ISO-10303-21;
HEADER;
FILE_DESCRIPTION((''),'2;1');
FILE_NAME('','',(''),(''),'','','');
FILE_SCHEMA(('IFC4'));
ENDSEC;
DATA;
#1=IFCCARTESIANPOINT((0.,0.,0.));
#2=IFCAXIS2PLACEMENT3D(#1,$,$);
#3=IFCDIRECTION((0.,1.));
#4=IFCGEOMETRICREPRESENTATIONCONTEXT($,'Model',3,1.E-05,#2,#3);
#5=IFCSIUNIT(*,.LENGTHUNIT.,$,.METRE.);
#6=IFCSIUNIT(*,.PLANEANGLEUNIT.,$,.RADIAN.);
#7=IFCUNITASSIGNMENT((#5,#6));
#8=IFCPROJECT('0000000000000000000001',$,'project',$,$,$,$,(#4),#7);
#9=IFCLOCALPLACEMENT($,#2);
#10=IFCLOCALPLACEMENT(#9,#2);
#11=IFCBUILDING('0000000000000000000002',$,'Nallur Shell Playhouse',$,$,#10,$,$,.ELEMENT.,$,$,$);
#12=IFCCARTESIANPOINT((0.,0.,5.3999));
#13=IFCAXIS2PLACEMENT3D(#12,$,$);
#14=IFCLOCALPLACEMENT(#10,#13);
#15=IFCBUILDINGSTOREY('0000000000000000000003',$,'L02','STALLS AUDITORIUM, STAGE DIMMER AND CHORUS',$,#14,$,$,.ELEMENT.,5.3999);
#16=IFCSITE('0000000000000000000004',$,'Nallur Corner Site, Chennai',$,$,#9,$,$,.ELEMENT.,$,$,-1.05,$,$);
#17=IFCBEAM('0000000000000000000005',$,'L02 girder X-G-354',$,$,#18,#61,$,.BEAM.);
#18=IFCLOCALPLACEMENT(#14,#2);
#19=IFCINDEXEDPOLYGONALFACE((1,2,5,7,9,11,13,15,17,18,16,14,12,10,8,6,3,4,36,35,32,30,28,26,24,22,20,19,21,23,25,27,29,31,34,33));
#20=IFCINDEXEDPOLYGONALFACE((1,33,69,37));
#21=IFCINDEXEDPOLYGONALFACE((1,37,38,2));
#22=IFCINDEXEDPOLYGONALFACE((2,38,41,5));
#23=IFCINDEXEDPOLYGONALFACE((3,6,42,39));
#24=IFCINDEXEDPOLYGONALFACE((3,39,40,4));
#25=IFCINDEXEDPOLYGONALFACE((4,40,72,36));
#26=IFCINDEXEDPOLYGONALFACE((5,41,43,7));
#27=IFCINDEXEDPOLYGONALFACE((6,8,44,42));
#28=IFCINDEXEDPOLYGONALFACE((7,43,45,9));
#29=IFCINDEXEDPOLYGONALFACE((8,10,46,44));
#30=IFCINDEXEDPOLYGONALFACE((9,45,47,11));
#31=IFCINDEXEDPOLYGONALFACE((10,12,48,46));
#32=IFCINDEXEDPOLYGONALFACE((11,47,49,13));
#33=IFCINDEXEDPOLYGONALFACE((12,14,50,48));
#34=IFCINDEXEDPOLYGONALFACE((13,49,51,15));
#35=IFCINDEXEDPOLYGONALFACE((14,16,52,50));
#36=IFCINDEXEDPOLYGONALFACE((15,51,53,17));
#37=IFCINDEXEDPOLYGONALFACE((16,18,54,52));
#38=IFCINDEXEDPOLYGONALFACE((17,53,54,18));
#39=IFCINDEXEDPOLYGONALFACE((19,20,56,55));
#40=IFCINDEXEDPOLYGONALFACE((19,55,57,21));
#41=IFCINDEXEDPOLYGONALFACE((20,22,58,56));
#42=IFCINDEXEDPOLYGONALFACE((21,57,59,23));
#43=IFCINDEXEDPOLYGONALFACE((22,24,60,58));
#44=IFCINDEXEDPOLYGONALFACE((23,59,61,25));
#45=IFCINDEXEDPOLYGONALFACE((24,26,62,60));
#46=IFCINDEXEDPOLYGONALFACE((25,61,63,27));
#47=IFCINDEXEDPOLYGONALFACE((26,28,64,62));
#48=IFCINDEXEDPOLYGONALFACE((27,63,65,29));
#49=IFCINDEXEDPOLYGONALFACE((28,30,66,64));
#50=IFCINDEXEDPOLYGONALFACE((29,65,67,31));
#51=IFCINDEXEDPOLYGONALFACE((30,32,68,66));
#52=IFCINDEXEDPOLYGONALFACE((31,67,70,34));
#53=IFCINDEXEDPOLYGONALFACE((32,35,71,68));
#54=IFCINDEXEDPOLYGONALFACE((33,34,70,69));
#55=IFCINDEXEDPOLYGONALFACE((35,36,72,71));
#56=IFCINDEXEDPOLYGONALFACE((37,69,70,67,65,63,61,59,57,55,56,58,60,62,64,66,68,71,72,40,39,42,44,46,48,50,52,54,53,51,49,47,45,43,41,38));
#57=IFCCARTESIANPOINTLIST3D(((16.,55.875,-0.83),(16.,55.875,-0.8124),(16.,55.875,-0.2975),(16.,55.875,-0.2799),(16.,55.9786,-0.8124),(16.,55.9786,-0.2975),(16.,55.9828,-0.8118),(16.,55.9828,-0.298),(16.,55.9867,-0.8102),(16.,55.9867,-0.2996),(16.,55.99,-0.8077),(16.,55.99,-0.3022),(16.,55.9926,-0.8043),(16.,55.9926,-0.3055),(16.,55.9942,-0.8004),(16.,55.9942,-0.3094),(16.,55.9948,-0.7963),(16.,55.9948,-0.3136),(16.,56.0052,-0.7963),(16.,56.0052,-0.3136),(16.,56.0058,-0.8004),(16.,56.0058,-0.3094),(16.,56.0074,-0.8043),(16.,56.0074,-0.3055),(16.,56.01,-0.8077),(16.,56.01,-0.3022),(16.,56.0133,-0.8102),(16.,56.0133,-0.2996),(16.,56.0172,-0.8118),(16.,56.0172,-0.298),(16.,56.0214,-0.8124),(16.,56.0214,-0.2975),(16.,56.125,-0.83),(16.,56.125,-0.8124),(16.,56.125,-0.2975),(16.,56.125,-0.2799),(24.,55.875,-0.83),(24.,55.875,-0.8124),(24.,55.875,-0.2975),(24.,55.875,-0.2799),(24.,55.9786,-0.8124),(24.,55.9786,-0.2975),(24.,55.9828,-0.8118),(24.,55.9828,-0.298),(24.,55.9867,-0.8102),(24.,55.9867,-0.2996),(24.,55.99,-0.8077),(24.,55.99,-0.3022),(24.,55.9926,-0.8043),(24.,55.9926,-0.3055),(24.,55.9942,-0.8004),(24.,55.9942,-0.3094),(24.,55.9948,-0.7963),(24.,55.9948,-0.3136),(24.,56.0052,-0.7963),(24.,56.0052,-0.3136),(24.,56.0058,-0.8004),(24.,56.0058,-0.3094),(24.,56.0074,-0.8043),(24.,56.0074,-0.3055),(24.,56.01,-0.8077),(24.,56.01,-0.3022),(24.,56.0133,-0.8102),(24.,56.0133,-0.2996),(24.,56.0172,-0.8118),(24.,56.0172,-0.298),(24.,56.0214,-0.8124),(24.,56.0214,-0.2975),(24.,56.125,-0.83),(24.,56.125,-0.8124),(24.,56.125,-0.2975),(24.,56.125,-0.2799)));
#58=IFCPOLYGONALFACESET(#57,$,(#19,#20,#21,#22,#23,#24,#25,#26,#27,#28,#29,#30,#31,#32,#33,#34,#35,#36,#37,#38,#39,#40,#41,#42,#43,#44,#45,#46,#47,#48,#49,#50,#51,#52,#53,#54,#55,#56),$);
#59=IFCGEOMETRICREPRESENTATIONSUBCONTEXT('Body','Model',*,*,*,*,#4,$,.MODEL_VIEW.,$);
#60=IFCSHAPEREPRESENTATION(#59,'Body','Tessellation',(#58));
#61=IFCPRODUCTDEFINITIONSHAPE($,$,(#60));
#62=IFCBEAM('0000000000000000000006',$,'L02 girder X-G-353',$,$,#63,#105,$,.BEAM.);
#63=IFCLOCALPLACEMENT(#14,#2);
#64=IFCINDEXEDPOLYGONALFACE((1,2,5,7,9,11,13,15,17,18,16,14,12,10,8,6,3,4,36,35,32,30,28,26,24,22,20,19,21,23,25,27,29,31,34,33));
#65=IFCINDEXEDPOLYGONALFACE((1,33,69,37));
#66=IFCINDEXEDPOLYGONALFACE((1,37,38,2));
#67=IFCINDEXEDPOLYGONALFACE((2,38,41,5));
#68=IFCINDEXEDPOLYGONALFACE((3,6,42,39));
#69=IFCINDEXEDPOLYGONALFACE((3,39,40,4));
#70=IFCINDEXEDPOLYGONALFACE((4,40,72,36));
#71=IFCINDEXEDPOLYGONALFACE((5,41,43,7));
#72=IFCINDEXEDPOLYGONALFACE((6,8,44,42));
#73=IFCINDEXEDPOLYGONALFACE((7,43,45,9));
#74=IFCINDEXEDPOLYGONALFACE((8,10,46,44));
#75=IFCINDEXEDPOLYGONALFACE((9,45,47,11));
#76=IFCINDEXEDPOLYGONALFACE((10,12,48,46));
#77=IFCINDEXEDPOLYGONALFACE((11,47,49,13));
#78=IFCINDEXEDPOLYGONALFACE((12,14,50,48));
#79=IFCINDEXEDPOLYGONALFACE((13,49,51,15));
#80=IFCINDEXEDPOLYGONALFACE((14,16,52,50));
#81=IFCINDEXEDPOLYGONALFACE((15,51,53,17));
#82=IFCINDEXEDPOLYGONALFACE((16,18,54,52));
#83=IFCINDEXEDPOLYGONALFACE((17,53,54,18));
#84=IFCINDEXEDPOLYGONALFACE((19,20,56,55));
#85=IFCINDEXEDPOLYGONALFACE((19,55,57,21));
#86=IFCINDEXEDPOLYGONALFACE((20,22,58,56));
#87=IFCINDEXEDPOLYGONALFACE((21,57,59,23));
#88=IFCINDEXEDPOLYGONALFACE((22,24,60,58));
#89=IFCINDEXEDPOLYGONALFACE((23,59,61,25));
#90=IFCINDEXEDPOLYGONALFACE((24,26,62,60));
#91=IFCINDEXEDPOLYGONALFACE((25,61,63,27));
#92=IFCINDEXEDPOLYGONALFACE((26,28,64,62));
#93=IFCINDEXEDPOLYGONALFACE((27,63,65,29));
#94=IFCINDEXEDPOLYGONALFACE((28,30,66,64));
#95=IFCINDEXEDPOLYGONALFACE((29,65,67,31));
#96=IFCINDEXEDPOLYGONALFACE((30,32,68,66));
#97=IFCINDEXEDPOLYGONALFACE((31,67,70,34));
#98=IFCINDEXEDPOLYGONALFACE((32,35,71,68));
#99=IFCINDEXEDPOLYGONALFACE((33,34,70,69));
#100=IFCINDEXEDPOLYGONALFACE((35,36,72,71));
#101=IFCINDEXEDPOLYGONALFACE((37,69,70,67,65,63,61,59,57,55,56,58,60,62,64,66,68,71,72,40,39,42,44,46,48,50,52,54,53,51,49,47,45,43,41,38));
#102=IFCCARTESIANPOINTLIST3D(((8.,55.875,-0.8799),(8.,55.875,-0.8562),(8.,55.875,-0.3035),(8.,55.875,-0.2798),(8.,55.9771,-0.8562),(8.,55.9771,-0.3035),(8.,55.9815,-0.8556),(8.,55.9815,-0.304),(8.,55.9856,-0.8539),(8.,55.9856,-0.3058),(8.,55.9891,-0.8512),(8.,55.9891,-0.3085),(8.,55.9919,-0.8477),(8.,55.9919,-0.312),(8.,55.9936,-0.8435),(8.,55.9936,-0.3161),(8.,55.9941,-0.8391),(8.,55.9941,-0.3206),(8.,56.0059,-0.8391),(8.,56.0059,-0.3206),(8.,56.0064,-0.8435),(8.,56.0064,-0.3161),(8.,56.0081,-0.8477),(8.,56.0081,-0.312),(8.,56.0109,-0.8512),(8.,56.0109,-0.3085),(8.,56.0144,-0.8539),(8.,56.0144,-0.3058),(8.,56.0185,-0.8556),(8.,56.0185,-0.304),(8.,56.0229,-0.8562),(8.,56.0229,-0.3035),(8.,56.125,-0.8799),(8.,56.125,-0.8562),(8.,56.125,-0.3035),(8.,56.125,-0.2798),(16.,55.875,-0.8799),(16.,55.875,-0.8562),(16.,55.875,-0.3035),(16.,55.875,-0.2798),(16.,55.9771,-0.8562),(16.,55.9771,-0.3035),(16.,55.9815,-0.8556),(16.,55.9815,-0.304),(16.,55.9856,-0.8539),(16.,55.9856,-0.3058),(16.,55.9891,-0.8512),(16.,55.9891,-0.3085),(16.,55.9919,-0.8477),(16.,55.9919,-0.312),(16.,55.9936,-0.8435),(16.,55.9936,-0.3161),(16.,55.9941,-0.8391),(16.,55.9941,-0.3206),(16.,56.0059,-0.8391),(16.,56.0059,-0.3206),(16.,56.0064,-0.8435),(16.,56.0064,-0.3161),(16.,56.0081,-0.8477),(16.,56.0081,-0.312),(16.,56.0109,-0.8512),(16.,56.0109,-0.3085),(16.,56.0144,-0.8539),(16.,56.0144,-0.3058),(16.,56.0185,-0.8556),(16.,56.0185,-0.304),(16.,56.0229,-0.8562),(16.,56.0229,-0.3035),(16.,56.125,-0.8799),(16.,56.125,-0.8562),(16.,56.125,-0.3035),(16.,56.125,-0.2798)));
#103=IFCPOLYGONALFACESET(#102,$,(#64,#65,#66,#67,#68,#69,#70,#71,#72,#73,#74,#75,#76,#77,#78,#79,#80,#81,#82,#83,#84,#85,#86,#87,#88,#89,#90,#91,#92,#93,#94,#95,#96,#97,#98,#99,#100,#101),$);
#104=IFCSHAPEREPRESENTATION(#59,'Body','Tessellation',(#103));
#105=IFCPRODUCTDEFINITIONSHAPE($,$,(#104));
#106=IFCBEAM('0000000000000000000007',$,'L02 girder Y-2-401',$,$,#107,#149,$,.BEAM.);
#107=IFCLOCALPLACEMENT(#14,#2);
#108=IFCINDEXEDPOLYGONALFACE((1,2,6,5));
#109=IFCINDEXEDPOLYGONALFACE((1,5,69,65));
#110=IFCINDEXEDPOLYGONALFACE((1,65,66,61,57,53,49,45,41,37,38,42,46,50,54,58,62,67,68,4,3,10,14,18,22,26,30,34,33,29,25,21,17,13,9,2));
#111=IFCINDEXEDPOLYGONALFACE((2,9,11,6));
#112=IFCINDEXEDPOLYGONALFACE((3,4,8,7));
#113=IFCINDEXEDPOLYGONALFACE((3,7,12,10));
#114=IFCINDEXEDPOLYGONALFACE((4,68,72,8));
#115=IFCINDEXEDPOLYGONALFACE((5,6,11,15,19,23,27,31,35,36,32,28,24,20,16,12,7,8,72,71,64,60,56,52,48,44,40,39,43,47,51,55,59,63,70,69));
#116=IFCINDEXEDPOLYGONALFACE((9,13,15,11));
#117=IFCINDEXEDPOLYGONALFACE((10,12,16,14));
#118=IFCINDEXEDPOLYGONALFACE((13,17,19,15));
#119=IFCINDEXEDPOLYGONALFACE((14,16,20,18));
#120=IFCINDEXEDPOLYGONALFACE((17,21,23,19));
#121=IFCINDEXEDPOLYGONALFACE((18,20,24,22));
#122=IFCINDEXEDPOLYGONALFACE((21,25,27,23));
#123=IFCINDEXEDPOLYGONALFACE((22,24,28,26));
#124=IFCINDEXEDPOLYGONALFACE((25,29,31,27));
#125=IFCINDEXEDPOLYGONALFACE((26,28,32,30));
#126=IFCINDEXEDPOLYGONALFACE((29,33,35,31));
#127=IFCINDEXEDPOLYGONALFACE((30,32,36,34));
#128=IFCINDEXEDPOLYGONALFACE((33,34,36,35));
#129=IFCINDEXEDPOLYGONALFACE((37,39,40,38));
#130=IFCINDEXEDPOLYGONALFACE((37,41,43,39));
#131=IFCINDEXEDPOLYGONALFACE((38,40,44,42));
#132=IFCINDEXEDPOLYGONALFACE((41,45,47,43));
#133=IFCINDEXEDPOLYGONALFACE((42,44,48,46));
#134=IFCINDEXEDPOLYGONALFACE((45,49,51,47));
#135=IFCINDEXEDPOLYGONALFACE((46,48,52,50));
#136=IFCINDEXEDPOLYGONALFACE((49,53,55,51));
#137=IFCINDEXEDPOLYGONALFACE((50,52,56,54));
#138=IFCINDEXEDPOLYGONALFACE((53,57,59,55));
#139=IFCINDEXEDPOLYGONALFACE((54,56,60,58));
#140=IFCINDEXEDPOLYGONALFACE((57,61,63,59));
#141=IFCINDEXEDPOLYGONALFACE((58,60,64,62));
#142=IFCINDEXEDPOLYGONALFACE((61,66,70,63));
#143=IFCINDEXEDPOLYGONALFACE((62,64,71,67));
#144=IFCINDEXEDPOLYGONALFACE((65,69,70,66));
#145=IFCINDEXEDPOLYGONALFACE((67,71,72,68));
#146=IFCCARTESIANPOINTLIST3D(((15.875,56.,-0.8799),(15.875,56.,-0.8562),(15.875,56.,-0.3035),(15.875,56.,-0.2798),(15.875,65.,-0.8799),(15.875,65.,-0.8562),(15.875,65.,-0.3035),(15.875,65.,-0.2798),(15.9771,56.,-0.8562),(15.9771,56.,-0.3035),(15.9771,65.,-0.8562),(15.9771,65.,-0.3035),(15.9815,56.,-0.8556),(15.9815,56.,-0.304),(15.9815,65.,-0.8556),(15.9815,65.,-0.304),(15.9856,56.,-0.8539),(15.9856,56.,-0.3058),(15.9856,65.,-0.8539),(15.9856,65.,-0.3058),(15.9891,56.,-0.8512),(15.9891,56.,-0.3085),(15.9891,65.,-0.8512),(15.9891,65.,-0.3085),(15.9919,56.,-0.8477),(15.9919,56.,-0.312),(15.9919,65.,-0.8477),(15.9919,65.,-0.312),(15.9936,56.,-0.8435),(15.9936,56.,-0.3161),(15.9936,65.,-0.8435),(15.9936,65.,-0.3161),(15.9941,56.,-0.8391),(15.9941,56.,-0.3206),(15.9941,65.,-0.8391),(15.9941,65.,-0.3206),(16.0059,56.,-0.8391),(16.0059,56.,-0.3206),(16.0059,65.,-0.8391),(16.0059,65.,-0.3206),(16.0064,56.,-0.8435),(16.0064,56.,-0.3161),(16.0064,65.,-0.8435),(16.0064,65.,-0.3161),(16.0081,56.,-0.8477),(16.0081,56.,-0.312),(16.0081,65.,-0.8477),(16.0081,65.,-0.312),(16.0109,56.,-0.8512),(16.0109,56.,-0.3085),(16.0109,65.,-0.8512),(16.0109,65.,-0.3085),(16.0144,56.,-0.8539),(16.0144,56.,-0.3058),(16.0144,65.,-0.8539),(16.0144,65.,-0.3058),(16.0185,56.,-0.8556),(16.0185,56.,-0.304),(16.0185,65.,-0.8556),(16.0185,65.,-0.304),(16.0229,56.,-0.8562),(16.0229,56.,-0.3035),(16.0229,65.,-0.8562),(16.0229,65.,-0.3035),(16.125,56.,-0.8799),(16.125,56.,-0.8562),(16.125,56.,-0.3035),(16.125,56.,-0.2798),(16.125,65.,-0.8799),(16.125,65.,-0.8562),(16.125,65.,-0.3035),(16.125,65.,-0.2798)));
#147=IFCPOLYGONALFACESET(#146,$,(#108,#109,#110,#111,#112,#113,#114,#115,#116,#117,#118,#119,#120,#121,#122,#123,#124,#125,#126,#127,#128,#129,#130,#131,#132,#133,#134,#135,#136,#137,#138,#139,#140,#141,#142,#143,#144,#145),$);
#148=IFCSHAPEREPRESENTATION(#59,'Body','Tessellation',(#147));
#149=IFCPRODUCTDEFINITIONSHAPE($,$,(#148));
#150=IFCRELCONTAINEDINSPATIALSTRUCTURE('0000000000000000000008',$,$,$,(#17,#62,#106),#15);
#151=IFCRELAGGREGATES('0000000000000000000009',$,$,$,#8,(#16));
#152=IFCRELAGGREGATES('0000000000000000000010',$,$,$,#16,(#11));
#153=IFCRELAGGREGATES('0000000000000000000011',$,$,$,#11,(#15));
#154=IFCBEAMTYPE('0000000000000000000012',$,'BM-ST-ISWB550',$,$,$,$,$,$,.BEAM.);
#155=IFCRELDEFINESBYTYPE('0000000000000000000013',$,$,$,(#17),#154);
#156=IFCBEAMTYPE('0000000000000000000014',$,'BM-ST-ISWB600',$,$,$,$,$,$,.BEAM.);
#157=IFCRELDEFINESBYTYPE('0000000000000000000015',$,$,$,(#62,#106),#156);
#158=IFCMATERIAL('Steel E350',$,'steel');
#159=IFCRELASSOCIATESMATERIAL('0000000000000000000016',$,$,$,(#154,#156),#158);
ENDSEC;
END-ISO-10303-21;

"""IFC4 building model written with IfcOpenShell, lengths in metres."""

from ifc_helpers import new_model, si_unit, direction, frame, origin, origin_2d, place, context, subcontext, project, spatial, i_section, extrude, material, material_profile, profile_set, type_object, element, save


model = new_model("IFC4")

# Units and contexts
model_context = context("Model", 3, precision=1e-05, world=origin(), true_north=direction((0.0, 1.0)))
body_context = subcontext(model_context, "Body", "Model", "MODEL_VIEW")
ifc_project = project(units=[si_unit("LENGTHUNIT", "METRE"), si_unit("PLANEANGLEUNIT", "RADIAN")], contexts=[model_context])

# Site, building, storey
site_placement = place(None, origin())
site = spatial("IfcSite", under=ifc_project, at=site_placement, Name="Nallur Corner Site, Chennai", CompositionType="ELEMENT", RefElevation=-1.05)
building_placement = place(site_placement, origin())
building = spatial("IfcBuilding", under=site, at=building_placement, Name="Nallur Shell Playhouse", CompositionType="ELEMENT")
storey_placement = place(building_placement, frame((0.0, 0.0, 5.3999)))
storey = spatial("IfcBuildingStorey", under=building, at=storey_placement, Name="L02", Description="STALLS AUDITORIUM, STAGE DIMMER AND CHORUS", CompositionType="ELEMENT", Elevation=5.3999)

# Beams
ifc_material_1 = material(Name="Steel E350", Category="steel")
ifc_material_profile_1 = material_profile(ifc_material_1, i_section(OverallWidth=0.25, OverallDepth=0.55, WebThickness=0.0105, FlangeThickness=0.0176, FilletRadius=0.0161, at=origin_2d()), Name="ISWB 550")
ifc_profile_set_1 = profile_set([ifc_material_profile_1], Name="Steel E350")
beam_type_1 = type_object("IfcBeamType", Name="BM-ST-ISWB550", PredefinedType="BEAM", material=ifc_profile_set_1)
beam_1_placement = place(storey_placement, frame((16.0, 56.0, -0.5549), z_axis=(1.0, 0.0, 0.0), x_axis=(0.0, 1.0, 0.0)))
element("IfcBeam", 1, at=beam_1_placement, inside=storey, type_object=beam_type_1, Name="L02 girder X-G-354", PredefinedType="BEAM", context=body_context, shape_type="SweptSolid", body=[
    extrude(i_section(OverallWidth=0.25, OverallDepth=0.55, WebThickness=0.0105, FlangeThickness=0.0176, FilletRadius=0.0161, at=origin_2d()), origin(), (0.0, 0.0, 1.0), 8.0),
])
ifc_material_profile_2 = material_profile(ifc_material_1, i_section(OverallWidth=0.25, OverallDepth=0.6001, WebThickness=0.0117, FlangeThickness=0.0237, FilletRadius=0.0171, at=origin_2d()), Name="ISWB 600")
ifc_profile_set_2 = profile_set([ifc_material_profile_2], Name="Steel E350")
beam_type_2 = type_object("IfcBeamType", Name="BM-ST-ISWB600", PredefinedType="BEAM", material=ifc_profile_set_2)
beam_2_placement = place(storey_placement, frame((8.0, 56.0, -0.5798), z_axis=(1.0, 0.0, 0.0), x_axis=(0.0, 1.0, 0.0)))
element("IfcBeam", 2, at=beam_2_placement, inside=storey, type_object=beam_type_2, Name="L02 girder X-G-353", PredefinedType="BEAM", context=body_context, shape_type="SweptSolid", body=[
    extrude(i_section(OverallWidth=0.25, OverallDepth=0.6001, WebThickness=0.0117, FlangeThickness=0.0237, FilletRadius=0.0171, at=origin_2d()), origin(), (0.0, 0.0, 1.0), 8.0),
])
beam_3_placement = place(storey_placement, frame((16.0, 56.0, -0.5798), z_axis=(0.0, 1.0, 0.0), x_axis=(-1.0, 0.0, 0.0)))
element("IfcBeam", 3, at=beam_3_placement, inside=storey, type_object=beam_type_2, Name="L02 girder Y-2-401", PredefinedType="BEAM", context=body_context, shape_type="SweptSolid", body=[
    extrude(i_section(OverallWidth=0.25, OverallDepth=0.6001, WebThickness=0.0117, FlangeThickness=0.0237, FilletRadius=0.0171, at=origin_2d()), origin(), (0.0, 0.0, 1.0), 9.0),
])

save(model, "model.ifc")
